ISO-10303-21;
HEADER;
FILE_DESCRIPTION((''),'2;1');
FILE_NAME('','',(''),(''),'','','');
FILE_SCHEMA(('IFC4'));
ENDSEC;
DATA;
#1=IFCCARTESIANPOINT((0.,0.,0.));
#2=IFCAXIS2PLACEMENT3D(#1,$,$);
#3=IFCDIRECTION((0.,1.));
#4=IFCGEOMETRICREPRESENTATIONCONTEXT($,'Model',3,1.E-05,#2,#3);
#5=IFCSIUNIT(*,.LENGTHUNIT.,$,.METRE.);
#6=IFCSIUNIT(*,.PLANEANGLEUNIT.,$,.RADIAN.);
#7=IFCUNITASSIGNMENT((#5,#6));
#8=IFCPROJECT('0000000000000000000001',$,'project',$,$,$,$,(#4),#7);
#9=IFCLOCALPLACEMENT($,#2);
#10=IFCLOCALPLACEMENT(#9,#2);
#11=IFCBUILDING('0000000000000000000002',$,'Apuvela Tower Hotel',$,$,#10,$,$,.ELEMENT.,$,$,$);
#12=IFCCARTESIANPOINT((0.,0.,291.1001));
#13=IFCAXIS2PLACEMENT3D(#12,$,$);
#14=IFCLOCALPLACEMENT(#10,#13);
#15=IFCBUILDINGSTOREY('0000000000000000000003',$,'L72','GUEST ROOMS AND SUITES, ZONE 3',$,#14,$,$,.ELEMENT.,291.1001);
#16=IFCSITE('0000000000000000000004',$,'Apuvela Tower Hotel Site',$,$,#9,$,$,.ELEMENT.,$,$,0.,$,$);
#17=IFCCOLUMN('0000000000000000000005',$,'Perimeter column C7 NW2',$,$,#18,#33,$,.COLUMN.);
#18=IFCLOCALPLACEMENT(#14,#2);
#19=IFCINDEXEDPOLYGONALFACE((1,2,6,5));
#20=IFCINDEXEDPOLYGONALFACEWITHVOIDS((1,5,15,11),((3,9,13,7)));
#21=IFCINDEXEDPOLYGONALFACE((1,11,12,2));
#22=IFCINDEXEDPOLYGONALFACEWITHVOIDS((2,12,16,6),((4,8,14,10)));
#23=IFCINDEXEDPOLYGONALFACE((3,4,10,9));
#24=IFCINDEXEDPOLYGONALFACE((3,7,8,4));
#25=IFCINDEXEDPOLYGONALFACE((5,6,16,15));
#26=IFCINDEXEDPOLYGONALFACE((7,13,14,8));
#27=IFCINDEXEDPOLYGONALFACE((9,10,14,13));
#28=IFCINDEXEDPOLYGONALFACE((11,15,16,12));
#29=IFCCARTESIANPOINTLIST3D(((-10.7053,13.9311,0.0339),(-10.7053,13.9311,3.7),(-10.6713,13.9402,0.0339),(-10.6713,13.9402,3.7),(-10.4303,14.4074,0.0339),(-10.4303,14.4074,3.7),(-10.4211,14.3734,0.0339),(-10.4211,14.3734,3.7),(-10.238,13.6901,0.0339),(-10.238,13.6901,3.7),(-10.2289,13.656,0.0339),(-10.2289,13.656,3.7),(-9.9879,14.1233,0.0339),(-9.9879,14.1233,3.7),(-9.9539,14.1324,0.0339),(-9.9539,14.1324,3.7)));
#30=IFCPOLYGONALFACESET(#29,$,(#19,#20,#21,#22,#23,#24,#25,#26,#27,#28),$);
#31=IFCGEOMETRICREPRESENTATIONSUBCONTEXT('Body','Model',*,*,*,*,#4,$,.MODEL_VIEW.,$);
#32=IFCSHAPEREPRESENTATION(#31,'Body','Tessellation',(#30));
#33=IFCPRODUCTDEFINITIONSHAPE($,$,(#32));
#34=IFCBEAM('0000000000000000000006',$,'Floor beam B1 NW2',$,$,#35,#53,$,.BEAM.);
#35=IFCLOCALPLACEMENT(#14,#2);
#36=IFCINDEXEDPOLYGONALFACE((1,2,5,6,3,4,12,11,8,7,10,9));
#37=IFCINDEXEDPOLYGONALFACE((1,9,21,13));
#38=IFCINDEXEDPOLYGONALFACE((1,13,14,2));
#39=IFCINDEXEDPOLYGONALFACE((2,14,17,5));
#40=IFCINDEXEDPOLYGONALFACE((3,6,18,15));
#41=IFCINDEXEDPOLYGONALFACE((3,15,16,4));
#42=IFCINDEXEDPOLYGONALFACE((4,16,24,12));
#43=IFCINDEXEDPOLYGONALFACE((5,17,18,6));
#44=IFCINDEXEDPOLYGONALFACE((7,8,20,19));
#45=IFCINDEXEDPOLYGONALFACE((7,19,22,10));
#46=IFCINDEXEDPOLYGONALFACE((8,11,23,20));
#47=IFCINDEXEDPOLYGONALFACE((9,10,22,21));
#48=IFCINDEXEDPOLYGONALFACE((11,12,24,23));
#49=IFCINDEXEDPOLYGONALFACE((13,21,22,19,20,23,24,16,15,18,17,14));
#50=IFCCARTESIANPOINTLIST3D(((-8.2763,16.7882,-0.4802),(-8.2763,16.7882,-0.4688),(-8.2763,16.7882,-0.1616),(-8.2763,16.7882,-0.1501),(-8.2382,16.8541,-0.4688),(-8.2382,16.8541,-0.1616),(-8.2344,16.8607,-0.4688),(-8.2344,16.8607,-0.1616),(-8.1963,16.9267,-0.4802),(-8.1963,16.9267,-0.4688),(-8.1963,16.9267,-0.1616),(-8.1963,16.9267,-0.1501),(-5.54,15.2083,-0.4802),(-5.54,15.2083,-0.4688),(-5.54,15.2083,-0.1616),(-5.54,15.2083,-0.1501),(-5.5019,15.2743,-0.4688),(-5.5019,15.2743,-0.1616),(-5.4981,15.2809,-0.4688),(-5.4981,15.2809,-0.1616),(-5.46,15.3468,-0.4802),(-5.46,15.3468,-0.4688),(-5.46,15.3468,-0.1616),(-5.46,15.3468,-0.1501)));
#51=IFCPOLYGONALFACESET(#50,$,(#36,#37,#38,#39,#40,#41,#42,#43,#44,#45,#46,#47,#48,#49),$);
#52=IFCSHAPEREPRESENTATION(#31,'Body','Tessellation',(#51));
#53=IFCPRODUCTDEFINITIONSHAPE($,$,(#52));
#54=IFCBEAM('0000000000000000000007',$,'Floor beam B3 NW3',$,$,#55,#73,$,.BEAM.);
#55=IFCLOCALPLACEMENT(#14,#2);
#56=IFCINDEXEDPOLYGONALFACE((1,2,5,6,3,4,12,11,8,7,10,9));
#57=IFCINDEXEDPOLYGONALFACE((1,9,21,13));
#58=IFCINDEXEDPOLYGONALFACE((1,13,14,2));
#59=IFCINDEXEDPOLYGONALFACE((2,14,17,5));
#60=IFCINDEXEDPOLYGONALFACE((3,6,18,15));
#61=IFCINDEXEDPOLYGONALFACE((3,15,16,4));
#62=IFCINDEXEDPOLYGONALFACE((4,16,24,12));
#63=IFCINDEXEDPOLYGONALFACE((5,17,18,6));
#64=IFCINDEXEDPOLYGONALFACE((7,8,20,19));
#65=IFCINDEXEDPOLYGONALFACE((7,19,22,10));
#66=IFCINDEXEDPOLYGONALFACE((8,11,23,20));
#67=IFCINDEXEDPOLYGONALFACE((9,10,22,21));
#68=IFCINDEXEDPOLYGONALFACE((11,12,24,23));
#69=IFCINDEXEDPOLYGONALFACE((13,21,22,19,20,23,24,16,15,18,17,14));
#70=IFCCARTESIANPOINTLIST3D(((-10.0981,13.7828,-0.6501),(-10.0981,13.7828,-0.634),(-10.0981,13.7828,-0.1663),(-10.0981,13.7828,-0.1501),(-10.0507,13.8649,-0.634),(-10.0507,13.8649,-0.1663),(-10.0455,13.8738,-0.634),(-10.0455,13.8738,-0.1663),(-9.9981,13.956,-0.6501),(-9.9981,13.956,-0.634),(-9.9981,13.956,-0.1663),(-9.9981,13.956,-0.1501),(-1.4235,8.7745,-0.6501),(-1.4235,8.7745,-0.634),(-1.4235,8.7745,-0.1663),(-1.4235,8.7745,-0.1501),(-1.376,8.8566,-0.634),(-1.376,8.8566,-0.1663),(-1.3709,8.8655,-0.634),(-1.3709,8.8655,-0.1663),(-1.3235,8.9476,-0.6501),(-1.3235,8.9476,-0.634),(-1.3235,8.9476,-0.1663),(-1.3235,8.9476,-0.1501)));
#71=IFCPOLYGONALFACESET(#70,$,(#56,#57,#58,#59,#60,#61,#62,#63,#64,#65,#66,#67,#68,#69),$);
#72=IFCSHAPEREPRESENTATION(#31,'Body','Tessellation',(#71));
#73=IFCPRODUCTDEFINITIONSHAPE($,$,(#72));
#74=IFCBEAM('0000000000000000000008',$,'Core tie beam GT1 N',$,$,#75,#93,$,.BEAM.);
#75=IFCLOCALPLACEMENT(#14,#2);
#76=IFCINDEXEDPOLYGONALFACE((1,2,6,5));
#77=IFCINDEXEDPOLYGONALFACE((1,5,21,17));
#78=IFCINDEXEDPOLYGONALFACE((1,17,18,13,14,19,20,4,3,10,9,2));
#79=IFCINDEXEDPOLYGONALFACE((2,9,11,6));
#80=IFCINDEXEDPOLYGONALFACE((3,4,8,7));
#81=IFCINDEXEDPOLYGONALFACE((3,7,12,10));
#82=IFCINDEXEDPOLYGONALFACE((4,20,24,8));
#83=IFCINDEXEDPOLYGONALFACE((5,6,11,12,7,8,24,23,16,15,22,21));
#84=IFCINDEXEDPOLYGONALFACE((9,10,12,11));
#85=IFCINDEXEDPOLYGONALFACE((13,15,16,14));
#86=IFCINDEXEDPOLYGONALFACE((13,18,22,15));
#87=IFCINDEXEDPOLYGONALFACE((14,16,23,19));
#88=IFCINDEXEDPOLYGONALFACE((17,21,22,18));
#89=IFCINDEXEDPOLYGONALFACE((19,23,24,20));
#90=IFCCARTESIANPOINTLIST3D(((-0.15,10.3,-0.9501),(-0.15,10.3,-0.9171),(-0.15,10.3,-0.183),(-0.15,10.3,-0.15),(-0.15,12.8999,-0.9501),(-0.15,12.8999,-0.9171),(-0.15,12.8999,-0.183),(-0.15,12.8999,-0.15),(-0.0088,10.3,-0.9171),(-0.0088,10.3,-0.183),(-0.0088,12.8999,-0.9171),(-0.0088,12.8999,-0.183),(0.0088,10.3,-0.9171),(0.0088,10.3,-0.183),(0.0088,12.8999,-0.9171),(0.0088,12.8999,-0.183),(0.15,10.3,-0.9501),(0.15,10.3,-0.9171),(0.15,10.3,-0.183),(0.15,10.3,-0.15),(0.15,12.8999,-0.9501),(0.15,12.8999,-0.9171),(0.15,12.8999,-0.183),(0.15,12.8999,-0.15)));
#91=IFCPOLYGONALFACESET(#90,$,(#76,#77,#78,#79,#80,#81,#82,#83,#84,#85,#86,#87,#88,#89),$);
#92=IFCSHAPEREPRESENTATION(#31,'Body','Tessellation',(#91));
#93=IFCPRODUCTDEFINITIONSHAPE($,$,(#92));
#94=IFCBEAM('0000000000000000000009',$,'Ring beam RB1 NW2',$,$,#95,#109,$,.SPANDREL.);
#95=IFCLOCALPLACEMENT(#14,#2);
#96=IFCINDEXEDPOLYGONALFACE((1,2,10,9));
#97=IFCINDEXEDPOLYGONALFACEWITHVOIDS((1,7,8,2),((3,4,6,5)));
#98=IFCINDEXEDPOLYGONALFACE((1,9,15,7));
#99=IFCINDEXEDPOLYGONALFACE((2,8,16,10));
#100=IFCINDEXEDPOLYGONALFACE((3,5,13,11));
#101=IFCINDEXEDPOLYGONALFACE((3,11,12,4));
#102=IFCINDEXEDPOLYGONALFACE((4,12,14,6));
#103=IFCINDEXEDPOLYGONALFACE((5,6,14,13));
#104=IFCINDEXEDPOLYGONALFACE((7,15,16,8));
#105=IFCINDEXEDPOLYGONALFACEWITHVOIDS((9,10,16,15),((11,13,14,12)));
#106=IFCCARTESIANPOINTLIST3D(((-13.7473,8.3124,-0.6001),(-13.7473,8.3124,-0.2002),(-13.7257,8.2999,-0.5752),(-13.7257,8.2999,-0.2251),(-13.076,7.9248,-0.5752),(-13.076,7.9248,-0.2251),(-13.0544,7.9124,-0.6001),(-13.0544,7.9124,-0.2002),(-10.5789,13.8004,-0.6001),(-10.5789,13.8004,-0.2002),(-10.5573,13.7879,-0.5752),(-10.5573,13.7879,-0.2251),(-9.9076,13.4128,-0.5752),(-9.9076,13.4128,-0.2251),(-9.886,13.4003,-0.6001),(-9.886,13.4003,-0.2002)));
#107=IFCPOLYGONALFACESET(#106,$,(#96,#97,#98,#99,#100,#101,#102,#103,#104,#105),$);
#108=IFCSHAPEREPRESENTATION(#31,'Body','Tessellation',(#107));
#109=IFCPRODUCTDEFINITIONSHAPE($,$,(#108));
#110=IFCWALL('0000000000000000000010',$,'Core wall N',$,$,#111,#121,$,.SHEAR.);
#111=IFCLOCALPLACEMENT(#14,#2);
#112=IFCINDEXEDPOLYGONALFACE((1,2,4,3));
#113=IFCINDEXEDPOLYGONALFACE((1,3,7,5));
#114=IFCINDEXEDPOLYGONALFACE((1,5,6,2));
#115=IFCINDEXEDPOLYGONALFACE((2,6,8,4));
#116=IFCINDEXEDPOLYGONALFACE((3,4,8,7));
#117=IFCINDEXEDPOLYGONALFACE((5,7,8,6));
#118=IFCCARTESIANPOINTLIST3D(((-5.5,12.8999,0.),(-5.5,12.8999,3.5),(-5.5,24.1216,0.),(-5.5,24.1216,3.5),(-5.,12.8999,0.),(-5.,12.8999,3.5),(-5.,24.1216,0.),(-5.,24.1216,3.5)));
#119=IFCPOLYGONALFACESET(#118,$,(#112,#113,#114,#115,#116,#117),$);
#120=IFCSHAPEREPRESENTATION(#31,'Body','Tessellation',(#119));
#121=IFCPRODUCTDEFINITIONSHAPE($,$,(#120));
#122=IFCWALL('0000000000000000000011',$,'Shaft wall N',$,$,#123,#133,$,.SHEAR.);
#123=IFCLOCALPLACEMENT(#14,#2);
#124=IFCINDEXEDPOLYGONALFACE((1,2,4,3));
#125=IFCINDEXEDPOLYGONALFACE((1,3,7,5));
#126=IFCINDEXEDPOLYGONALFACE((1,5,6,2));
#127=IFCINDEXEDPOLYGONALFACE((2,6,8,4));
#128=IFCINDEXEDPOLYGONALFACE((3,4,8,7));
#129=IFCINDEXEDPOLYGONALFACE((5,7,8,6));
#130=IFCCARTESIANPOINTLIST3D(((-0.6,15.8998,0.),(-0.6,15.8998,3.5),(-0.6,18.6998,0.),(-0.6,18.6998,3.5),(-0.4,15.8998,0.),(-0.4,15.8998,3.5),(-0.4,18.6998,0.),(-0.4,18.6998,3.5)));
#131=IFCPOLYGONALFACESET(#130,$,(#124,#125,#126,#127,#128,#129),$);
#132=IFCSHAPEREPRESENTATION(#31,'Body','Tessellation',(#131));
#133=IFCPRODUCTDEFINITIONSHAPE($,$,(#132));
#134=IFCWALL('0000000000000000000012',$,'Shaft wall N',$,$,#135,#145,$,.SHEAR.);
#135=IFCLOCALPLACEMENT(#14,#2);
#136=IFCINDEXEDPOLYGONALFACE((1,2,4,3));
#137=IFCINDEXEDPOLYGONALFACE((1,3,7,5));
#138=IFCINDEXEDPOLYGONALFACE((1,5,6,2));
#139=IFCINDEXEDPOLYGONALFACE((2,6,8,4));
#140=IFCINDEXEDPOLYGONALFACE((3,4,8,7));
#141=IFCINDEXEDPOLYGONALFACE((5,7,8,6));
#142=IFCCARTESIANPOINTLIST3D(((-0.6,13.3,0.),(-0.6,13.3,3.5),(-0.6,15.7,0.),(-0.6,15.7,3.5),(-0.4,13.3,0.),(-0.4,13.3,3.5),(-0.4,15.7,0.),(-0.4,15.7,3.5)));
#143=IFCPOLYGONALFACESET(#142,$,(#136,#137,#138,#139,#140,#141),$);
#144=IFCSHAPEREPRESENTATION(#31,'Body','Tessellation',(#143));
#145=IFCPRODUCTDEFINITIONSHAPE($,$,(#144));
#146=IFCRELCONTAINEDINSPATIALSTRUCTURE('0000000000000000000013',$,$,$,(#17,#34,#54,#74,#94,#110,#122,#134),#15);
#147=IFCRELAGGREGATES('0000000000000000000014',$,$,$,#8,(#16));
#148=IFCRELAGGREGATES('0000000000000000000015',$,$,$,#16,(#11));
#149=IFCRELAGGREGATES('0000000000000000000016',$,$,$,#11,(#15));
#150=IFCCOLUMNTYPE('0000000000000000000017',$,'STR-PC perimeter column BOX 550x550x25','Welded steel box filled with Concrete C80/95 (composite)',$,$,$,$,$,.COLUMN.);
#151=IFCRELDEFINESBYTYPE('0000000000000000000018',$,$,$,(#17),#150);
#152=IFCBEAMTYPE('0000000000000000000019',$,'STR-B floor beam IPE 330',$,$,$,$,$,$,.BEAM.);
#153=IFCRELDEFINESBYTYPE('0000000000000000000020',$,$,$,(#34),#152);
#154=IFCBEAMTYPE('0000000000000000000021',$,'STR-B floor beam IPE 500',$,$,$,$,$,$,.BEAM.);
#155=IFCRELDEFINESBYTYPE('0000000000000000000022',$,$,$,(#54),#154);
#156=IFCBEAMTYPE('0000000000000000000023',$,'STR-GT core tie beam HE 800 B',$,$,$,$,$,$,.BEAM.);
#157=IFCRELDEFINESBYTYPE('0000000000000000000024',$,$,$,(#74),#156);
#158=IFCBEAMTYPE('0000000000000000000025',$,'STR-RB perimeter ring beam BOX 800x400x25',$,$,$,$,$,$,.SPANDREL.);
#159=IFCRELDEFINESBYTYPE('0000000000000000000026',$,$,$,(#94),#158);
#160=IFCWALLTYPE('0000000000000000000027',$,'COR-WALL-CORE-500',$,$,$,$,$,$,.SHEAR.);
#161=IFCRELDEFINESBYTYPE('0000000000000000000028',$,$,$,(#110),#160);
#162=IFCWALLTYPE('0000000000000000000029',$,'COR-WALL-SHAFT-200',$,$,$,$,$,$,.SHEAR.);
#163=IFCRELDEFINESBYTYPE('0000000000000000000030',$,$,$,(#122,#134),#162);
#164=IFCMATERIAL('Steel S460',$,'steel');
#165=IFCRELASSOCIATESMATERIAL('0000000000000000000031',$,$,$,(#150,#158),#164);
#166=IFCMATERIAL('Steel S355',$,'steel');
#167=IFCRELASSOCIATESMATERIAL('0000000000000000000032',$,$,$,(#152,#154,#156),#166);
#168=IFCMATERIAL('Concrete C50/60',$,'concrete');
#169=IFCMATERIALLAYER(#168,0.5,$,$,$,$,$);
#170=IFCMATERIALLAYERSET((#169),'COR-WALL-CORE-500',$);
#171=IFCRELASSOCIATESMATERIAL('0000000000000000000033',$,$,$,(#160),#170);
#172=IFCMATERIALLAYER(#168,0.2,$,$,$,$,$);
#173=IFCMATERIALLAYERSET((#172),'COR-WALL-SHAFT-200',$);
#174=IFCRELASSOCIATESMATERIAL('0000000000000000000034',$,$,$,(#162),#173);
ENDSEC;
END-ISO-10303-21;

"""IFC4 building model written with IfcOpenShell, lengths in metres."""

from ifc_helpers import new_model, si_unit, direction, frame, frame_2d, origin, origin_2d, place, context, subcontext, project, spatial, rectangle, hollow_rectangle, i_section, extrude, boolean, halfspace, material, layer, layer_set, material_profile, profile_set, type_object, element, save


model = new_model("IFC4")

# Units and contexts
model_context = context("Model", 3, precision=1e-05, world=origin(), true_north=direction((0.0, 1.0)))
body_context = subcontext(model_context, "Body", "Model", "MODEL_VIEW")
ifc_project = project(units=[si_unit("LENGTHUNIT", "METRE"), si_unit("PLANEANGLEUNIT", "RADIAN")], contexts=[model_context])

# Site, building, storey
site_placement = place(None, origin())
site = spatial("IfcSite", under=ifc_project, at=site_placement, Name="Apuvela Tower Hotel Site", CompositionType="ELEMENT", RefElevation=0.0)
building_placement = place(site_placement, origin())
building = spatial("IfcBuilding", under=site, at=building_placement, Name="Apuvela Tower Hotel", CompositionType="ELEMENT")
storey_placement = place(building_placement, frame((0.0, 0.0, 291.1001)))
storey = spatial("IfcBuildingStorey", under=building, at=storey_placement, Name="L72", Description="GUEST ROOMS AND SUITES, ZONE 3", CompositionType="ELEMENT", Elevation=291.1001)

# Column
ifc_material_1 = material(Name="Steel S460", Category="steel")
ifc_material_profile_1 = material_profile(ifc_material_1, hollow_rectangle(XDim=0.55, YDim=0.55, WallThickness=0.0249, at=origin_2d()), Name="BOX 550x550x25")
ifc_material_2 = material(Name="Concrete C80/95", Category="concrete")
ifc_material_profile_2 = material_profile(ifc_material_2, rectangle(XDim=0.5, YDim=0.5, at=origin_2d()), Name="Concrete C80/95 infill")
ifc_profile_set_1 = profile_set([ifc_material_profile_1, ifc_material_profile_2], Name="Steel S460")
column_type = type_object("IfcColumnType", Name="STR-PC perimeter column BOX 550x550x25", Description="Welded steel box filled with Concrete C80/95 (composite)", PredefinedType="COLUMN", material=ifc_profile_set_1)
column_placement = place(storey_placement, frame((-10.3296, 14.0317, 0.0), z_axis=(0.0, 0.0, 1.0), x_axis=(0.5, 0.866025, 0.0)))
element("IfcColumn", 1, at=column_placement, inside=storey, type_object=column_type, Name="Perimeter column C7 NW2", PredefinedType="COLUMN", context=body_context, shape_type="SweptSolid", body=[
    boolean("DIFFERENCE", extrude(hollow_rectangle(XDim=0.55, YDim=0.55, WallThickness=0.0249, at=origin_2d()), origin(), (0.0, 0.0, 1.0), 3.7), halfspace(frame((0.0, 0.0, 0.0339), z_axis=(0.0, 0.0, 1.0), x_axis=(1.0, 0.0, 0.0)), True)),
])

# Beams
ifc_material_3 = material(Name="Steel S355", Category="steel")
ifc_material_profile_3 = material_profile(ifc_material_3, i_section(OverallWidth=0.1599, OverallDepth=0.3301, WebThickness=0.0076, FlangeThickness=0.0115, at=origin_2d()), Name="IPE 330")
ifc_profile_set_2 = profile_set([ifc_material_profile_3], Name="Steel S355")
beam_type_1 = type_object("IfcBeamType", Name="STR-B floor beam IPE 330", PredefinedType="BEAM", material=ifc_profile_set_2)
beam_1_placement = place(storey_placement, frame((-8.2363, 16.8574, -0.3152), z_axis=(0.866023, -0.500003, 0.0), x_axis=(0.500003, 0.866023, 0.0)))
element("IfcBeam", 2, at=beam_1_placement, inside=storey, type_object=beam_type_1, Name="Floor beam B1 NW2", PredefinedType="BEAM", context=body_context, shape_type="SweptSolid", body=[
    extrude(i_section(OverallWidth=0.1599, OverallDepth=0.3301, WebThickness=0.0076, FlangeThickness=0.0115, at=origin_2d()), origin(), (0.0, 0.0, 1.0), 3.1597),
])
ifc_material_profile_4 = material_profile(ifc_material_3, i_section(OverallWidth=0.2, OverallDepth=0.5, WebThickness=0.0103, FlangeThickness=0.0161, at=origin_2d()), Name="IPE 500")
ifc_profile_set_3 = profile_set([ifc_material_profile_4], Name="Steel S355")
beam_type_2 = type_object("IfcBeamType", Name="STR-B floor beam IPE 500", PredefinedType="BEAM", material=ifc_profile_set_3)
beam_2_placement = place(storey_placement, frame((-10.0481, 13.8694, -0.4001), z_axis=(0.866024, -0.500003, 0.0), x_axis=(0.500003, 0.866024, 0.0)))
element("IfcBeam", 3, at=beam_2_placement, inside=storey, type_object=beam_type_2, Name="Floor beam B3 NW3", PredefinedType="BEAM", context=body_context, shape_type="SweptSolid", body=[
    extrude(i_section(OverallWidth=0.2, OverallDepth=0.5, WebThickness=0.0103, FlangeThickness=0.0161, at=origin_2d()), origin(), (0.0, 0.0, 1.0), 10.0166),
])
ifc_material_profile_5 = material_profile(ifc_material_3, i_section(OverallWidth=0.3, OverallDepth=0.8, WebThickness=0.0176, FlangeThickness=0.033, at=origin_2d()), Name="HE 800 B")
ifc_profile_set_4 = profile_set([ifc_material_profile_5], Name="Steel S355")
beam_type_3 = type_object("IfcBeamType", Name="STR-GT core tie beam HE 800 B", PredefinedType="BEAM", material=ifc_profile_set_4)
beam_3_placement = place(storey_placement, frame((0.0, 12.8999, -0.55), z_axis=(0.0, -1.0, 0.0), x_axis=(1.0, 0.0, 0.0)))
element("IfcBeam", 4, at=beam_3_placement, inside=storey, type_object=beam_type_3, Name="Core tie beam GT1 N", PredefinedType="BEAM", context=body_context, shape_type="SweptSolid", body=[
    extrude(i_section(OverallWidth=0.3, OverallDepth=0.8, WebThickness=0.0176, FlangeThickness=0.033, at=origin_2d()), origin(), (0.0, 0.0, 1.0), 2.5999),
])
ifc_material_profile_6 = material_profile(ifc_material_1, hollow_rectangle(XDim=0.8, YDim=0.3999, WallThickness=0.0249, at=origin_2d()), Name="BOX 800x400x25")
ifc_profile_set_5 = profile_set([ifc_material_profile_6], Name="Steel S460")
beam_type_4 = type_object("IfcBeamType", Name="STR-RB perimeter ring beam BOX 800x400x25", PredefinedType="SPANDREL", material=ifc_profile_set_5)
beam_4_placement = place(storey_placement, frame((-10.2324, 13.6003, -0.4001), z_axis=(-0.499993, -0.86603, 0.0), x_axis=(0.86603, -0.499993, 0.0)))
element("IfcBeam", 5, at=beam_4_placement, inside=storey, type_object=beam_type_4, Name="Ring beam RB1 NW2", PredefinedType="SPANDREL", context=body_context, shape_type="SweptSolid", body=[
    extrude(hollow_rectangle(XDim=0.8, YDim=0.3999, WallThickness=0.0249, at=origin_2d()), origin(), (0.0, 0.0, 1.0), 6.3369),
])

# Walls
ifc_material_4 = material(Name="Concrete C50/60", Category="concrete")
ifc_layer_1 = layer(ifc_material_4, 0.5)
ifc_layer_set_1 = layer_set([ifc_layer_1], Name="COR-WALL-CORE-500")
wall_type_1 = type_object("IfcWallType", Name="COR-WALL-CORE-500", PredefinedType="SHEAR", material=ifc_layer_set_1)
wall_1_placement = place(storey_placement, frame((-5.25, 12.8999, 0.0), z_axis=(0.0, 0.0, 1.0), x_axis=(0.0, 1.0, 0.0)))
element("IfcWall", 6, at=wall_1_placement, inside=storey, type_object=wall_type_1, Name="Core wall N", PredefinedType="SHEAR", context=body_context, shape_type="SweptSolid", body=[
    extrude(rectangle(XDim=11.2217, YDim=0.5, at=frame_2d((5.6108, 0.0))), origin(), (0.0, 0.0, 1.0), 3.5),
])
ifc_layer_2 = layer(ifc_material_4, 0.2)
ifc_layer_set_2 = layer_set([ifc_layer_2], Name="COR-WALL-SHAFT-200")
wall_type_2 = type_object("IfcWallType", Name="COR-WALL-SHAFT-200", PredefinedType="SHEAR", material=ifc_layer_set_2)
wall_2_placement = place(storey_placement, frame((-0.5, 15.8999, 0.0), z_axis=(0.0, 0.0, 1.0), x_axis=(0.0, 1.0, 0.0)))
element("IfcWall", 7, at=wall_2_placement, inside=storey, type_object=wall_type_2, Name="Shaft wall N", PredefinedType="SHEAR", context=body_context, shape_type="SweptSolid", body=[
    extrude(rectangle(XDim=2.8, YDim=0.2, at=frame_2d((1.3999, 0.0))), origin(), (0.0, 0.0, 1.0), 3.5),
])
wall_3_placement = place(storey_placement, frame((-0.5, 13.3, 0.0), z_axis=(0.0, 0.0, 1.0), x_axis=(0.0, 1.0, 0.0)))
element("IfcWall", 8, at=wall_3_placement, inside=storey, type_object=wall_type_2, Name="Shaft wall N", PredefinedType="SHEAR", context=body_context, shape_type="SweptSolid", body=[
    extrude(rectangle(XDim=2.3999, YDim=0.2, at=frame_2d((1.2, 0.0))), origin(), (0.0, 0.0, 1.0), 3.5),
])

save(model, "model.ifc")
